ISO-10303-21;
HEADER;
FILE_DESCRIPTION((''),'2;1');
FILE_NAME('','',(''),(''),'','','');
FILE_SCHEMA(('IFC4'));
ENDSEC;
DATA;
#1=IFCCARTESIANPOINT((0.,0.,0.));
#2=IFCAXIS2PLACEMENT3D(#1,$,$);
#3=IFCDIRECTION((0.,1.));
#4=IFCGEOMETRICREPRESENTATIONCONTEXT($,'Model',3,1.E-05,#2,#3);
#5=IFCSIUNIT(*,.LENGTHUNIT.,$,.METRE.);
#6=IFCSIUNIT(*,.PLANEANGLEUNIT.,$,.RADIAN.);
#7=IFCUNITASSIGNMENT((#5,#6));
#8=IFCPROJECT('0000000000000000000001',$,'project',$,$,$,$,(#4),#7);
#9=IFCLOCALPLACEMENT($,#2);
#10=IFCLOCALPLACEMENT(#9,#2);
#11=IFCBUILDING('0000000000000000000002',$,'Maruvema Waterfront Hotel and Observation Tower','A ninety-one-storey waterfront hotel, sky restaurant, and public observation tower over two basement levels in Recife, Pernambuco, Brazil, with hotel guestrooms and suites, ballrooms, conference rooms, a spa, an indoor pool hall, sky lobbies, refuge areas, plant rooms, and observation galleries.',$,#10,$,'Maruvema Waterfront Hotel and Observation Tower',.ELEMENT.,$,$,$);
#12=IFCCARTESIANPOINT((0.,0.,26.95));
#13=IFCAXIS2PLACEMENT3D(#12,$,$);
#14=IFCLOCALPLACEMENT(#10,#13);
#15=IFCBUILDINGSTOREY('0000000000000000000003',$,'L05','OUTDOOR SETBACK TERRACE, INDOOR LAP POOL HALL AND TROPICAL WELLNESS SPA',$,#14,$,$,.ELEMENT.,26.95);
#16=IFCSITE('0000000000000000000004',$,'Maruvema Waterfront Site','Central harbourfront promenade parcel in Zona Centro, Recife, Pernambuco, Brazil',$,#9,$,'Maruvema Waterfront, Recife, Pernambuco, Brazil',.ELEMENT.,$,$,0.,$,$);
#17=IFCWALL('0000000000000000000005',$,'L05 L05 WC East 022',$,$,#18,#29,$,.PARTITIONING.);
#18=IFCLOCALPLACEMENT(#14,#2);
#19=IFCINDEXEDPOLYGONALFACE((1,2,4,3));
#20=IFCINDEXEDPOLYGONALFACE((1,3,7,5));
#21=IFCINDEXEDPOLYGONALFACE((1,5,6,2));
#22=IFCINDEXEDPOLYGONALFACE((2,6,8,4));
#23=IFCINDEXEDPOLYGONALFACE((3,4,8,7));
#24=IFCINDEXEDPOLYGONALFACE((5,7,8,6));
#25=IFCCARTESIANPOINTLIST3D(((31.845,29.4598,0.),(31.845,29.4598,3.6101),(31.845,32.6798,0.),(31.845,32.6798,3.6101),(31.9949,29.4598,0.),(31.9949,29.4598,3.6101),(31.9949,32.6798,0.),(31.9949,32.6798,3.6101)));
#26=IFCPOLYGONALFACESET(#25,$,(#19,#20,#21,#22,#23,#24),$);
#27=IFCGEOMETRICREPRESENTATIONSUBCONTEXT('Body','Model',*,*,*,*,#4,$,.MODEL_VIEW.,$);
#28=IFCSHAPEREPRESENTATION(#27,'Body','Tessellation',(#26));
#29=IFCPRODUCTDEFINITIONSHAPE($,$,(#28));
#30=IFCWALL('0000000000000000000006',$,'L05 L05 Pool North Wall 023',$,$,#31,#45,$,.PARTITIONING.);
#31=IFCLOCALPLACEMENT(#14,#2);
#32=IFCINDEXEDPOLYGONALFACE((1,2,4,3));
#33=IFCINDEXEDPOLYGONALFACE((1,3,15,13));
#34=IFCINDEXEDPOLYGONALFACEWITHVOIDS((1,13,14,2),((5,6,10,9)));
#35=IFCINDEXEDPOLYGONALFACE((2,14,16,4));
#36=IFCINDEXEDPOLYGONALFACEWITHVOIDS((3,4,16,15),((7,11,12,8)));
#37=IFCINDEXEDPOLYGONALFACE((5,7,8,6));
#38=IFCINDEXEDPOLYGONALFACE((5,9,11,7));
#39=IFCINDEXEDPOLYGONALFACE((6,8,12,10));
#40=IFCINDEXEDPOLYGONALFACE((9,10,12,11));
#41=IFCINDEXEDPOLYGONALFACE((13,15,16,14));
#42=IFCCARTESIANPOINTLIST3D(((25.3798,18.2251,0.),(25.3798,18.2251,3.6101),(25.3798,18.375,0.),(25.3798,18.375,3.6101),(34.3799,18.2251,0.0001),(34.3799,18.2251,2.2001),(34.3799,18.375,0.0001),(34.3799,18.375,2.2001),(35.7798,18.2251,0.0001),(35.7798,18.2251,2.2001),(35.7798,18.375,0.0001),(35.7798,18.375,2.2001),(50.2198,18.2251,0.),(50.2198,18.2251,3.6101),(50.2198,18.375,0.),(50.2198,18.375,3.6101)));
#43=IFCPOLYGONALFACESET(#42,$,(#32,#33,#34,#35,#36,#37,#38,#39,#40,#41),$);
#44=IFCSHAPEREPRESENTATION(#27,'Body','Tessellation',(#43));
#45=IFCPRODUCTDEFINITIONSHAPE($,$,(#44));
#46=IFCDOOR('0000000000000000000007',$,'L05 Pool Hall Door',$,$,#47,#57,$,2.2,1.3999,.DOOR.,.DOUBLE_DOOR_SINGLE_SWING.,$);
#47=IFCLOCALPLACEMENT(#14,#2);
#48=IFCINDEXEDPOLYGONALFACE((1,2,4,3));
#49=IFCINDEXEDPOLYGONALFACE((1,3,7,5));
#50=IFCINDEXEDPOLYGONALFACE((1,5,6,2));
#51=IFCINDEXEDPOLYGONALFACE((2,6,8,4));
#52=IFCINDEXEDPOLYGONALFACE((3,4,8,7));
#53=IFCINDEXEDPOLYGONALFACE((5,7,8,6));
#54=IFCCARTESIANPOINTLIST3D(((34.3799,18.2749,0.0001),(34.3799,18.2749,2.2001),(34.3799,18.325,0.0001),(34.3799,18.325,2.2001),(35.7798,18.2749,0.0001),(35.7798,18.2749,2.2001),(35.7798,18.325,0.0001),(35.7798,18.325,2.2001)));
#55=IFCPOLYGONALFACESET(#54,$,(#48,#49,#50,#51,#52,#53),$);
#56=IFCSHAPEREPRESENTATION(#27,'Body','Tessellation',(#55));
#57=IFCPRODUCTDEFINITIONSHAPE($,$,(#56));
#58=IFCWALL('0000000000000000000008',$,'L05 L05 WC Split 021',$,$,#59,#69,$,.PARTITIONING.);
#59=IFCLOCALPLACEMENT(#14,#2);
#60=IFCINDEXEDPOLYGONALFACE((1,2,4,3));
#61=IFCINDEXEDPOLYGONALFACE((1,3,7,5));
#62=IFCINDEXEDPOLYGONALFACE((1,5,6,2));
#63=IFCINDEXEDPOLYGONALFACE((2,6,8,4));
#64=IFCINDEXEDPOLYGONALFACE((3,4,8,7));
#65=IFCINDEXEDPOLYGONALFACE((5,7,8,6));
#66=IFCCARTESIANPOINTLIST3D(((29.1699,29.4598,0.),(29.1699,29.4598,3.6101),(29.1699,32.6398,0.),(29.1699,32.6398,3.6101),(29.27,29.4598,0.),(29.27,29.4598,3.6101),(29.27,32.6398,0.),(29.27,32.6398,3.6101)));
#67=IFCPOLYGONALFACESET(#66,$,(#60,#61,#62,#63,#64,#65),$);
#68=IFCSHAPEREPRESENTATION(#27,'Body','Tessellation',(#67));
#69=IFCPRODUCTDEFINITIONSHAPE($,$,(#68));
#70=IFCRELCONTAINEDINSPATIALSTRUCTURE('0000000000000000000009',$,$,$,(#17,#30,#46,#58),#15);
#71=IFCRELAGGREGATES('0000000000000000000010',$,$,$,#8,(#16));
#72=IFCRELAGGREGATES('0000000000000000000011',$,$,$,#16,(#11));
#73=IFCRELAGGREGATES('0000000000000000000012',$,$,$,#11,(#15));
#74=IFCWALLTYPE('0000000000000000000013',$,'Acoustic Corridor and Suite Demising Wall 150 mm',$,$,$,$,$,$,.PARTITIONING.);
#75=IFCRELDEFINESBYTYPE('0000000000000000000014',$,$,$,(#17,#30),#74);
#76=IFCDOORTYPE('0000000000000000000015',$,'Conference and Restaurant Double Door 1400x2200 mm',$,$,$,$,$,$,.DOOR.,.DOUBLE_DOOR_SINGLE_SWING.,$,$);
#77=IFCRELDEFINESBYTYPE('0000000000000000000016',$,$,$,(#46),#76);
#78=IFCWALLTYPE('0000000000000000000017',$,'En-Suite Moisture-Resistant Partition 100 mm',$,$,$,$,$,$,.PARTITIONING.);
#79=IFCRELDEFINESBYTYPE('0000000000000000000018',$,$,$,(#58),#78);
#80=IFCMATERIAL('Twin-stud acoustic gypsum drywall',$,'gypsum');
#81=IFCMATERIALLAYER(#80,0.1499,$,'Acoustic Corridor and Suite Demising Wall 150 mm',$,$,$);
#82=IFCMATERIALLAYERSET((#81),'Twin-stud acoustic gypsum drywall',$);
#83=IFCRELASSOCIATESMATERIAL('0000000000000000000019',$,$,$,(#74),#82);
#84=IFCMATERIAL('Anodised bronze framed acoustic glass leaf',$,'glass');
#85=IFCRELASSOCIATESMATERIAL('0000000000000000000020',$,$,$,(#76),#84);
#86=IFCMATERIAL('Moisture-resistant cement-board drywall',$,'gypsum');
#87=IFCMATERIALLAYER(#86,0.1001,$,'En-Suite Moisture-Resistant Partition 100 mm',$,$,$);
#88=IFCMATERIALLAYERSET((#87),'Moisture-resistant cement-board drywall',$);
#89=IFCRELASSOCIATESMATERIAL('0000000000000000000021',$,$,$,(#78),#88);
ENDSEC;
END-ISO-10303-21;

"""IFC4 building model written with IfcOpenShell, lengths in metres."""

from ifc_helpers import new_model, si_unit, direction, frame, frame_2d, origin, place, context, subcontext, project, spatial, rectangle, extrude, material, layer, layer_set, type_object, element, fill, save


model = new_model("IFC4")

# Units and contexts
model_context = context("Model", 3, precision=1e-05, world=origin(), true_north=direction((0.0, 1.0)))
body_context = subcontext(model_context, "Body", "Model", "MODEL_VIEW")
ifc_project = project(units=[si_unit("LENGTHUNIT", "METRE"), si_unit("PLANEANGLEUNIT", "RADIAN")], contexts=[model_context])

# Site, building, storey
site_placement = place(None, origin())
site = spatial("IfcSite", under=ifc_project, at=site_placement, Name="Maruvema Waterfront Site", Description="Central harbourfront promenade parcel in Zona Centro, Recife, Pernambuco, Brazil", LongName="Maruvema Waterfront, Recife, Pernambuco, Brazil", CompositionType="ELEMENT", RefElevation=0.0)
building_placement = place(site_placement, origin())
building = spatial("IfcBuilding", under=site, at=building_placement, Name="Maruvema Waterfront Hotel and Observation Tower", Description="A ninety-one-storey waterfront hotel, sky restaurant, and public observation tower over two basement levels in Recife, Pernambuco, Brazil, with hotel guestrooms and suites, ballrooms, conference rooms, a spa, an indoor pool hall, sky lobbies, refuge areas, plant rooms, and observation galleries.", LongName="Maruvema Waterfront Hotel and Observation Tower", CompositionType="ELEMENT")
storey_placement = place(building_placement, frame((0.0, 0.0, 26.95)))
storey = spatial("IfcBuildingStorey", under=building, at=storey_placement, Name="L05", Description="OUTDOOR SETBACK TERRACE, INDOOR LAP POOL HALL AND TROPICAL WELLNESS SPA", CompositionType="ELEMENT", Elevation=26.95)

# Shared definitions
ifc_material_1 = material(Name="Twin-stud acoustic gypsum drywall", Category="gypsum")
ifc_layer_1 = layer(ifc_material_1, 0.1499, Name="Acoustic Corridor and Suite Demising Wall 150 mm")
ifc_layer_set_1 = layer_set([ifc_layer_1], Name="Twin-stud acoustic gypsum drywall")
wall_type_1 = type_object("IfcWallType", Name="Acoustic Corridor and Suite Demising Wall 150 mm", PredefinedType="PARTITIONING", material=ifc_layer_set_1)

# Wall
wall_1_placement = place(storey_placement, frame((31.9199, 29.46, 0.0), z_axis=(0.0, 0.0, 1.0), x_axis=(0.0, 1.0, 0.0)))
element("IfcWall", 1, at=wall_1_placement, inside=storey, type_object=wall_type_1, Name="L05 L05 WC East 022", PredefinedType="PARTITIONING", context=body_context, shape_type="SweptSolid", body=[
    extrude(rectangle(XDim=3.22, YDim=0.1499, at=frame_2d((1.6099, 0.0))), origin(), (0.0, 0.0, 1.0), 3.6101),
])

# Wall, opening, door
wall_2_placement = place(storey_placement, frame((25.3799, 18.3, 0.0), z_axis=(0.0, 0.0, 1.0), x_axis=(1.0, 0.0, 0.0)))
wall_2 = element("IfcWall", 2, at=wall_2_placement, inside=storey, type_object=wall_type_1, Name="L05 L05 Pool North Wall 023", PredefinedType="PARTITIONING", context=body_context, shape_type="SweptSolid", body=[
    extrude(rectangle(XDim=24.8401, YDim=0.1499, at=frame_2d((12.4199, 0.0))), origin(), (0.0, 0.0, 1.0), 3.6101),
])
opening_1_placement = place(wall_2_placement, frame((9.0, 0.0, 0.0)))
opening_1 = element("IfcOpeningElement", 3, at=opening_1_placement, cuts=wall_2, PredefinedType="OPENING", context=body_context, shape_type="SweptSolid", body=[
    extrude(rectangle(XDim=1.3999, YDim=2.2, at=frame_2d((0.7, 1.1001))), frame((0.0, 0.085, 0.0), z_axis=(0.0, -1.0, 0.0), x_axis=(1.0, 0.0, 0.0)), (0.0, 0.0, 1.0), 0.1699),
])
ifc_material_2 = material(Name="Anodised bronze framed acoustic glass leaf", Category="glass")
door_type_1 = type_object("IfcDoorType", Name="Conference and Restaurant Double Door 1400x2200 mm", OperationType="DOUBLE_DOOR_SINGLE_SWING", PredefinedType="DOOR", material=ifc_material_2)
door_1_placement = place(opening_1_placement, origin())
door_1 = element("IfcDoor", 4, at=door_1_placement, inside=storey, type_object=door_type_1, Name="L05 Pool Hall Door", OperationType="DOUBLE_DOOR_SINGLE_SWING", OverallHeight=2.2, OverallWidth=1.3999, PredefinedType="DOOR", context=body_context, shape_type="SweptSolid", body=[
    extrude(rectangle(XDim=1.3999, YDim=2.2, at=frame_2d((0.7, 1.1001))), frame((0.0, 0.0249, 0.0), z_axis=(0.0, -1.0, 0.0), x_axis=(1.0, 0.0, 0.0)), (0.0, 0.0, 1.0), 0.05),
])
fill(opening_1, door_1)

# Wall
ifc_material_3 = material(Name="Moisture-resistant cement-board drywall", Category="gypsum")
ifc_layer_2 = layer(ifc_material_3, 0.1001, Name="En-Suite Moisture-Resistant Partition 100 mm")
ifc_layer_set_2 = layer_set([ifc_layer_2], Name="Moisture-resistant cement-board drywall")
wall_type_2 = type_object("IfcWallType", Name="En-Suite Moisture-Resistant Partition 100 mm", PredefinedType="PARTITIONING", material=ifc_layer_set_2)
wall_3_placement = place(storey_placement, frame((29.22, 29.46, 0.0), z_axis=(0.0, 0.0, 1.0), x_axis=(0.0, 1.0, 0.0)))
element("IfcWall", 5, at=wall_3_placement, inside=storey, type_object=wall_type_2, Name="L05 L05 WC Split 021", PredefinedType="PARTITIONING", context=body_context, shape_type="SweptSolid", body=[
    extrude(rectangle(XDim=3.1799, YDim=0.1001, at=frame_2d((1.5898, 0.0))), origin(), (0.0, 0.0, 1.0), 3.6101),
])

save(model, "model.ifc")
